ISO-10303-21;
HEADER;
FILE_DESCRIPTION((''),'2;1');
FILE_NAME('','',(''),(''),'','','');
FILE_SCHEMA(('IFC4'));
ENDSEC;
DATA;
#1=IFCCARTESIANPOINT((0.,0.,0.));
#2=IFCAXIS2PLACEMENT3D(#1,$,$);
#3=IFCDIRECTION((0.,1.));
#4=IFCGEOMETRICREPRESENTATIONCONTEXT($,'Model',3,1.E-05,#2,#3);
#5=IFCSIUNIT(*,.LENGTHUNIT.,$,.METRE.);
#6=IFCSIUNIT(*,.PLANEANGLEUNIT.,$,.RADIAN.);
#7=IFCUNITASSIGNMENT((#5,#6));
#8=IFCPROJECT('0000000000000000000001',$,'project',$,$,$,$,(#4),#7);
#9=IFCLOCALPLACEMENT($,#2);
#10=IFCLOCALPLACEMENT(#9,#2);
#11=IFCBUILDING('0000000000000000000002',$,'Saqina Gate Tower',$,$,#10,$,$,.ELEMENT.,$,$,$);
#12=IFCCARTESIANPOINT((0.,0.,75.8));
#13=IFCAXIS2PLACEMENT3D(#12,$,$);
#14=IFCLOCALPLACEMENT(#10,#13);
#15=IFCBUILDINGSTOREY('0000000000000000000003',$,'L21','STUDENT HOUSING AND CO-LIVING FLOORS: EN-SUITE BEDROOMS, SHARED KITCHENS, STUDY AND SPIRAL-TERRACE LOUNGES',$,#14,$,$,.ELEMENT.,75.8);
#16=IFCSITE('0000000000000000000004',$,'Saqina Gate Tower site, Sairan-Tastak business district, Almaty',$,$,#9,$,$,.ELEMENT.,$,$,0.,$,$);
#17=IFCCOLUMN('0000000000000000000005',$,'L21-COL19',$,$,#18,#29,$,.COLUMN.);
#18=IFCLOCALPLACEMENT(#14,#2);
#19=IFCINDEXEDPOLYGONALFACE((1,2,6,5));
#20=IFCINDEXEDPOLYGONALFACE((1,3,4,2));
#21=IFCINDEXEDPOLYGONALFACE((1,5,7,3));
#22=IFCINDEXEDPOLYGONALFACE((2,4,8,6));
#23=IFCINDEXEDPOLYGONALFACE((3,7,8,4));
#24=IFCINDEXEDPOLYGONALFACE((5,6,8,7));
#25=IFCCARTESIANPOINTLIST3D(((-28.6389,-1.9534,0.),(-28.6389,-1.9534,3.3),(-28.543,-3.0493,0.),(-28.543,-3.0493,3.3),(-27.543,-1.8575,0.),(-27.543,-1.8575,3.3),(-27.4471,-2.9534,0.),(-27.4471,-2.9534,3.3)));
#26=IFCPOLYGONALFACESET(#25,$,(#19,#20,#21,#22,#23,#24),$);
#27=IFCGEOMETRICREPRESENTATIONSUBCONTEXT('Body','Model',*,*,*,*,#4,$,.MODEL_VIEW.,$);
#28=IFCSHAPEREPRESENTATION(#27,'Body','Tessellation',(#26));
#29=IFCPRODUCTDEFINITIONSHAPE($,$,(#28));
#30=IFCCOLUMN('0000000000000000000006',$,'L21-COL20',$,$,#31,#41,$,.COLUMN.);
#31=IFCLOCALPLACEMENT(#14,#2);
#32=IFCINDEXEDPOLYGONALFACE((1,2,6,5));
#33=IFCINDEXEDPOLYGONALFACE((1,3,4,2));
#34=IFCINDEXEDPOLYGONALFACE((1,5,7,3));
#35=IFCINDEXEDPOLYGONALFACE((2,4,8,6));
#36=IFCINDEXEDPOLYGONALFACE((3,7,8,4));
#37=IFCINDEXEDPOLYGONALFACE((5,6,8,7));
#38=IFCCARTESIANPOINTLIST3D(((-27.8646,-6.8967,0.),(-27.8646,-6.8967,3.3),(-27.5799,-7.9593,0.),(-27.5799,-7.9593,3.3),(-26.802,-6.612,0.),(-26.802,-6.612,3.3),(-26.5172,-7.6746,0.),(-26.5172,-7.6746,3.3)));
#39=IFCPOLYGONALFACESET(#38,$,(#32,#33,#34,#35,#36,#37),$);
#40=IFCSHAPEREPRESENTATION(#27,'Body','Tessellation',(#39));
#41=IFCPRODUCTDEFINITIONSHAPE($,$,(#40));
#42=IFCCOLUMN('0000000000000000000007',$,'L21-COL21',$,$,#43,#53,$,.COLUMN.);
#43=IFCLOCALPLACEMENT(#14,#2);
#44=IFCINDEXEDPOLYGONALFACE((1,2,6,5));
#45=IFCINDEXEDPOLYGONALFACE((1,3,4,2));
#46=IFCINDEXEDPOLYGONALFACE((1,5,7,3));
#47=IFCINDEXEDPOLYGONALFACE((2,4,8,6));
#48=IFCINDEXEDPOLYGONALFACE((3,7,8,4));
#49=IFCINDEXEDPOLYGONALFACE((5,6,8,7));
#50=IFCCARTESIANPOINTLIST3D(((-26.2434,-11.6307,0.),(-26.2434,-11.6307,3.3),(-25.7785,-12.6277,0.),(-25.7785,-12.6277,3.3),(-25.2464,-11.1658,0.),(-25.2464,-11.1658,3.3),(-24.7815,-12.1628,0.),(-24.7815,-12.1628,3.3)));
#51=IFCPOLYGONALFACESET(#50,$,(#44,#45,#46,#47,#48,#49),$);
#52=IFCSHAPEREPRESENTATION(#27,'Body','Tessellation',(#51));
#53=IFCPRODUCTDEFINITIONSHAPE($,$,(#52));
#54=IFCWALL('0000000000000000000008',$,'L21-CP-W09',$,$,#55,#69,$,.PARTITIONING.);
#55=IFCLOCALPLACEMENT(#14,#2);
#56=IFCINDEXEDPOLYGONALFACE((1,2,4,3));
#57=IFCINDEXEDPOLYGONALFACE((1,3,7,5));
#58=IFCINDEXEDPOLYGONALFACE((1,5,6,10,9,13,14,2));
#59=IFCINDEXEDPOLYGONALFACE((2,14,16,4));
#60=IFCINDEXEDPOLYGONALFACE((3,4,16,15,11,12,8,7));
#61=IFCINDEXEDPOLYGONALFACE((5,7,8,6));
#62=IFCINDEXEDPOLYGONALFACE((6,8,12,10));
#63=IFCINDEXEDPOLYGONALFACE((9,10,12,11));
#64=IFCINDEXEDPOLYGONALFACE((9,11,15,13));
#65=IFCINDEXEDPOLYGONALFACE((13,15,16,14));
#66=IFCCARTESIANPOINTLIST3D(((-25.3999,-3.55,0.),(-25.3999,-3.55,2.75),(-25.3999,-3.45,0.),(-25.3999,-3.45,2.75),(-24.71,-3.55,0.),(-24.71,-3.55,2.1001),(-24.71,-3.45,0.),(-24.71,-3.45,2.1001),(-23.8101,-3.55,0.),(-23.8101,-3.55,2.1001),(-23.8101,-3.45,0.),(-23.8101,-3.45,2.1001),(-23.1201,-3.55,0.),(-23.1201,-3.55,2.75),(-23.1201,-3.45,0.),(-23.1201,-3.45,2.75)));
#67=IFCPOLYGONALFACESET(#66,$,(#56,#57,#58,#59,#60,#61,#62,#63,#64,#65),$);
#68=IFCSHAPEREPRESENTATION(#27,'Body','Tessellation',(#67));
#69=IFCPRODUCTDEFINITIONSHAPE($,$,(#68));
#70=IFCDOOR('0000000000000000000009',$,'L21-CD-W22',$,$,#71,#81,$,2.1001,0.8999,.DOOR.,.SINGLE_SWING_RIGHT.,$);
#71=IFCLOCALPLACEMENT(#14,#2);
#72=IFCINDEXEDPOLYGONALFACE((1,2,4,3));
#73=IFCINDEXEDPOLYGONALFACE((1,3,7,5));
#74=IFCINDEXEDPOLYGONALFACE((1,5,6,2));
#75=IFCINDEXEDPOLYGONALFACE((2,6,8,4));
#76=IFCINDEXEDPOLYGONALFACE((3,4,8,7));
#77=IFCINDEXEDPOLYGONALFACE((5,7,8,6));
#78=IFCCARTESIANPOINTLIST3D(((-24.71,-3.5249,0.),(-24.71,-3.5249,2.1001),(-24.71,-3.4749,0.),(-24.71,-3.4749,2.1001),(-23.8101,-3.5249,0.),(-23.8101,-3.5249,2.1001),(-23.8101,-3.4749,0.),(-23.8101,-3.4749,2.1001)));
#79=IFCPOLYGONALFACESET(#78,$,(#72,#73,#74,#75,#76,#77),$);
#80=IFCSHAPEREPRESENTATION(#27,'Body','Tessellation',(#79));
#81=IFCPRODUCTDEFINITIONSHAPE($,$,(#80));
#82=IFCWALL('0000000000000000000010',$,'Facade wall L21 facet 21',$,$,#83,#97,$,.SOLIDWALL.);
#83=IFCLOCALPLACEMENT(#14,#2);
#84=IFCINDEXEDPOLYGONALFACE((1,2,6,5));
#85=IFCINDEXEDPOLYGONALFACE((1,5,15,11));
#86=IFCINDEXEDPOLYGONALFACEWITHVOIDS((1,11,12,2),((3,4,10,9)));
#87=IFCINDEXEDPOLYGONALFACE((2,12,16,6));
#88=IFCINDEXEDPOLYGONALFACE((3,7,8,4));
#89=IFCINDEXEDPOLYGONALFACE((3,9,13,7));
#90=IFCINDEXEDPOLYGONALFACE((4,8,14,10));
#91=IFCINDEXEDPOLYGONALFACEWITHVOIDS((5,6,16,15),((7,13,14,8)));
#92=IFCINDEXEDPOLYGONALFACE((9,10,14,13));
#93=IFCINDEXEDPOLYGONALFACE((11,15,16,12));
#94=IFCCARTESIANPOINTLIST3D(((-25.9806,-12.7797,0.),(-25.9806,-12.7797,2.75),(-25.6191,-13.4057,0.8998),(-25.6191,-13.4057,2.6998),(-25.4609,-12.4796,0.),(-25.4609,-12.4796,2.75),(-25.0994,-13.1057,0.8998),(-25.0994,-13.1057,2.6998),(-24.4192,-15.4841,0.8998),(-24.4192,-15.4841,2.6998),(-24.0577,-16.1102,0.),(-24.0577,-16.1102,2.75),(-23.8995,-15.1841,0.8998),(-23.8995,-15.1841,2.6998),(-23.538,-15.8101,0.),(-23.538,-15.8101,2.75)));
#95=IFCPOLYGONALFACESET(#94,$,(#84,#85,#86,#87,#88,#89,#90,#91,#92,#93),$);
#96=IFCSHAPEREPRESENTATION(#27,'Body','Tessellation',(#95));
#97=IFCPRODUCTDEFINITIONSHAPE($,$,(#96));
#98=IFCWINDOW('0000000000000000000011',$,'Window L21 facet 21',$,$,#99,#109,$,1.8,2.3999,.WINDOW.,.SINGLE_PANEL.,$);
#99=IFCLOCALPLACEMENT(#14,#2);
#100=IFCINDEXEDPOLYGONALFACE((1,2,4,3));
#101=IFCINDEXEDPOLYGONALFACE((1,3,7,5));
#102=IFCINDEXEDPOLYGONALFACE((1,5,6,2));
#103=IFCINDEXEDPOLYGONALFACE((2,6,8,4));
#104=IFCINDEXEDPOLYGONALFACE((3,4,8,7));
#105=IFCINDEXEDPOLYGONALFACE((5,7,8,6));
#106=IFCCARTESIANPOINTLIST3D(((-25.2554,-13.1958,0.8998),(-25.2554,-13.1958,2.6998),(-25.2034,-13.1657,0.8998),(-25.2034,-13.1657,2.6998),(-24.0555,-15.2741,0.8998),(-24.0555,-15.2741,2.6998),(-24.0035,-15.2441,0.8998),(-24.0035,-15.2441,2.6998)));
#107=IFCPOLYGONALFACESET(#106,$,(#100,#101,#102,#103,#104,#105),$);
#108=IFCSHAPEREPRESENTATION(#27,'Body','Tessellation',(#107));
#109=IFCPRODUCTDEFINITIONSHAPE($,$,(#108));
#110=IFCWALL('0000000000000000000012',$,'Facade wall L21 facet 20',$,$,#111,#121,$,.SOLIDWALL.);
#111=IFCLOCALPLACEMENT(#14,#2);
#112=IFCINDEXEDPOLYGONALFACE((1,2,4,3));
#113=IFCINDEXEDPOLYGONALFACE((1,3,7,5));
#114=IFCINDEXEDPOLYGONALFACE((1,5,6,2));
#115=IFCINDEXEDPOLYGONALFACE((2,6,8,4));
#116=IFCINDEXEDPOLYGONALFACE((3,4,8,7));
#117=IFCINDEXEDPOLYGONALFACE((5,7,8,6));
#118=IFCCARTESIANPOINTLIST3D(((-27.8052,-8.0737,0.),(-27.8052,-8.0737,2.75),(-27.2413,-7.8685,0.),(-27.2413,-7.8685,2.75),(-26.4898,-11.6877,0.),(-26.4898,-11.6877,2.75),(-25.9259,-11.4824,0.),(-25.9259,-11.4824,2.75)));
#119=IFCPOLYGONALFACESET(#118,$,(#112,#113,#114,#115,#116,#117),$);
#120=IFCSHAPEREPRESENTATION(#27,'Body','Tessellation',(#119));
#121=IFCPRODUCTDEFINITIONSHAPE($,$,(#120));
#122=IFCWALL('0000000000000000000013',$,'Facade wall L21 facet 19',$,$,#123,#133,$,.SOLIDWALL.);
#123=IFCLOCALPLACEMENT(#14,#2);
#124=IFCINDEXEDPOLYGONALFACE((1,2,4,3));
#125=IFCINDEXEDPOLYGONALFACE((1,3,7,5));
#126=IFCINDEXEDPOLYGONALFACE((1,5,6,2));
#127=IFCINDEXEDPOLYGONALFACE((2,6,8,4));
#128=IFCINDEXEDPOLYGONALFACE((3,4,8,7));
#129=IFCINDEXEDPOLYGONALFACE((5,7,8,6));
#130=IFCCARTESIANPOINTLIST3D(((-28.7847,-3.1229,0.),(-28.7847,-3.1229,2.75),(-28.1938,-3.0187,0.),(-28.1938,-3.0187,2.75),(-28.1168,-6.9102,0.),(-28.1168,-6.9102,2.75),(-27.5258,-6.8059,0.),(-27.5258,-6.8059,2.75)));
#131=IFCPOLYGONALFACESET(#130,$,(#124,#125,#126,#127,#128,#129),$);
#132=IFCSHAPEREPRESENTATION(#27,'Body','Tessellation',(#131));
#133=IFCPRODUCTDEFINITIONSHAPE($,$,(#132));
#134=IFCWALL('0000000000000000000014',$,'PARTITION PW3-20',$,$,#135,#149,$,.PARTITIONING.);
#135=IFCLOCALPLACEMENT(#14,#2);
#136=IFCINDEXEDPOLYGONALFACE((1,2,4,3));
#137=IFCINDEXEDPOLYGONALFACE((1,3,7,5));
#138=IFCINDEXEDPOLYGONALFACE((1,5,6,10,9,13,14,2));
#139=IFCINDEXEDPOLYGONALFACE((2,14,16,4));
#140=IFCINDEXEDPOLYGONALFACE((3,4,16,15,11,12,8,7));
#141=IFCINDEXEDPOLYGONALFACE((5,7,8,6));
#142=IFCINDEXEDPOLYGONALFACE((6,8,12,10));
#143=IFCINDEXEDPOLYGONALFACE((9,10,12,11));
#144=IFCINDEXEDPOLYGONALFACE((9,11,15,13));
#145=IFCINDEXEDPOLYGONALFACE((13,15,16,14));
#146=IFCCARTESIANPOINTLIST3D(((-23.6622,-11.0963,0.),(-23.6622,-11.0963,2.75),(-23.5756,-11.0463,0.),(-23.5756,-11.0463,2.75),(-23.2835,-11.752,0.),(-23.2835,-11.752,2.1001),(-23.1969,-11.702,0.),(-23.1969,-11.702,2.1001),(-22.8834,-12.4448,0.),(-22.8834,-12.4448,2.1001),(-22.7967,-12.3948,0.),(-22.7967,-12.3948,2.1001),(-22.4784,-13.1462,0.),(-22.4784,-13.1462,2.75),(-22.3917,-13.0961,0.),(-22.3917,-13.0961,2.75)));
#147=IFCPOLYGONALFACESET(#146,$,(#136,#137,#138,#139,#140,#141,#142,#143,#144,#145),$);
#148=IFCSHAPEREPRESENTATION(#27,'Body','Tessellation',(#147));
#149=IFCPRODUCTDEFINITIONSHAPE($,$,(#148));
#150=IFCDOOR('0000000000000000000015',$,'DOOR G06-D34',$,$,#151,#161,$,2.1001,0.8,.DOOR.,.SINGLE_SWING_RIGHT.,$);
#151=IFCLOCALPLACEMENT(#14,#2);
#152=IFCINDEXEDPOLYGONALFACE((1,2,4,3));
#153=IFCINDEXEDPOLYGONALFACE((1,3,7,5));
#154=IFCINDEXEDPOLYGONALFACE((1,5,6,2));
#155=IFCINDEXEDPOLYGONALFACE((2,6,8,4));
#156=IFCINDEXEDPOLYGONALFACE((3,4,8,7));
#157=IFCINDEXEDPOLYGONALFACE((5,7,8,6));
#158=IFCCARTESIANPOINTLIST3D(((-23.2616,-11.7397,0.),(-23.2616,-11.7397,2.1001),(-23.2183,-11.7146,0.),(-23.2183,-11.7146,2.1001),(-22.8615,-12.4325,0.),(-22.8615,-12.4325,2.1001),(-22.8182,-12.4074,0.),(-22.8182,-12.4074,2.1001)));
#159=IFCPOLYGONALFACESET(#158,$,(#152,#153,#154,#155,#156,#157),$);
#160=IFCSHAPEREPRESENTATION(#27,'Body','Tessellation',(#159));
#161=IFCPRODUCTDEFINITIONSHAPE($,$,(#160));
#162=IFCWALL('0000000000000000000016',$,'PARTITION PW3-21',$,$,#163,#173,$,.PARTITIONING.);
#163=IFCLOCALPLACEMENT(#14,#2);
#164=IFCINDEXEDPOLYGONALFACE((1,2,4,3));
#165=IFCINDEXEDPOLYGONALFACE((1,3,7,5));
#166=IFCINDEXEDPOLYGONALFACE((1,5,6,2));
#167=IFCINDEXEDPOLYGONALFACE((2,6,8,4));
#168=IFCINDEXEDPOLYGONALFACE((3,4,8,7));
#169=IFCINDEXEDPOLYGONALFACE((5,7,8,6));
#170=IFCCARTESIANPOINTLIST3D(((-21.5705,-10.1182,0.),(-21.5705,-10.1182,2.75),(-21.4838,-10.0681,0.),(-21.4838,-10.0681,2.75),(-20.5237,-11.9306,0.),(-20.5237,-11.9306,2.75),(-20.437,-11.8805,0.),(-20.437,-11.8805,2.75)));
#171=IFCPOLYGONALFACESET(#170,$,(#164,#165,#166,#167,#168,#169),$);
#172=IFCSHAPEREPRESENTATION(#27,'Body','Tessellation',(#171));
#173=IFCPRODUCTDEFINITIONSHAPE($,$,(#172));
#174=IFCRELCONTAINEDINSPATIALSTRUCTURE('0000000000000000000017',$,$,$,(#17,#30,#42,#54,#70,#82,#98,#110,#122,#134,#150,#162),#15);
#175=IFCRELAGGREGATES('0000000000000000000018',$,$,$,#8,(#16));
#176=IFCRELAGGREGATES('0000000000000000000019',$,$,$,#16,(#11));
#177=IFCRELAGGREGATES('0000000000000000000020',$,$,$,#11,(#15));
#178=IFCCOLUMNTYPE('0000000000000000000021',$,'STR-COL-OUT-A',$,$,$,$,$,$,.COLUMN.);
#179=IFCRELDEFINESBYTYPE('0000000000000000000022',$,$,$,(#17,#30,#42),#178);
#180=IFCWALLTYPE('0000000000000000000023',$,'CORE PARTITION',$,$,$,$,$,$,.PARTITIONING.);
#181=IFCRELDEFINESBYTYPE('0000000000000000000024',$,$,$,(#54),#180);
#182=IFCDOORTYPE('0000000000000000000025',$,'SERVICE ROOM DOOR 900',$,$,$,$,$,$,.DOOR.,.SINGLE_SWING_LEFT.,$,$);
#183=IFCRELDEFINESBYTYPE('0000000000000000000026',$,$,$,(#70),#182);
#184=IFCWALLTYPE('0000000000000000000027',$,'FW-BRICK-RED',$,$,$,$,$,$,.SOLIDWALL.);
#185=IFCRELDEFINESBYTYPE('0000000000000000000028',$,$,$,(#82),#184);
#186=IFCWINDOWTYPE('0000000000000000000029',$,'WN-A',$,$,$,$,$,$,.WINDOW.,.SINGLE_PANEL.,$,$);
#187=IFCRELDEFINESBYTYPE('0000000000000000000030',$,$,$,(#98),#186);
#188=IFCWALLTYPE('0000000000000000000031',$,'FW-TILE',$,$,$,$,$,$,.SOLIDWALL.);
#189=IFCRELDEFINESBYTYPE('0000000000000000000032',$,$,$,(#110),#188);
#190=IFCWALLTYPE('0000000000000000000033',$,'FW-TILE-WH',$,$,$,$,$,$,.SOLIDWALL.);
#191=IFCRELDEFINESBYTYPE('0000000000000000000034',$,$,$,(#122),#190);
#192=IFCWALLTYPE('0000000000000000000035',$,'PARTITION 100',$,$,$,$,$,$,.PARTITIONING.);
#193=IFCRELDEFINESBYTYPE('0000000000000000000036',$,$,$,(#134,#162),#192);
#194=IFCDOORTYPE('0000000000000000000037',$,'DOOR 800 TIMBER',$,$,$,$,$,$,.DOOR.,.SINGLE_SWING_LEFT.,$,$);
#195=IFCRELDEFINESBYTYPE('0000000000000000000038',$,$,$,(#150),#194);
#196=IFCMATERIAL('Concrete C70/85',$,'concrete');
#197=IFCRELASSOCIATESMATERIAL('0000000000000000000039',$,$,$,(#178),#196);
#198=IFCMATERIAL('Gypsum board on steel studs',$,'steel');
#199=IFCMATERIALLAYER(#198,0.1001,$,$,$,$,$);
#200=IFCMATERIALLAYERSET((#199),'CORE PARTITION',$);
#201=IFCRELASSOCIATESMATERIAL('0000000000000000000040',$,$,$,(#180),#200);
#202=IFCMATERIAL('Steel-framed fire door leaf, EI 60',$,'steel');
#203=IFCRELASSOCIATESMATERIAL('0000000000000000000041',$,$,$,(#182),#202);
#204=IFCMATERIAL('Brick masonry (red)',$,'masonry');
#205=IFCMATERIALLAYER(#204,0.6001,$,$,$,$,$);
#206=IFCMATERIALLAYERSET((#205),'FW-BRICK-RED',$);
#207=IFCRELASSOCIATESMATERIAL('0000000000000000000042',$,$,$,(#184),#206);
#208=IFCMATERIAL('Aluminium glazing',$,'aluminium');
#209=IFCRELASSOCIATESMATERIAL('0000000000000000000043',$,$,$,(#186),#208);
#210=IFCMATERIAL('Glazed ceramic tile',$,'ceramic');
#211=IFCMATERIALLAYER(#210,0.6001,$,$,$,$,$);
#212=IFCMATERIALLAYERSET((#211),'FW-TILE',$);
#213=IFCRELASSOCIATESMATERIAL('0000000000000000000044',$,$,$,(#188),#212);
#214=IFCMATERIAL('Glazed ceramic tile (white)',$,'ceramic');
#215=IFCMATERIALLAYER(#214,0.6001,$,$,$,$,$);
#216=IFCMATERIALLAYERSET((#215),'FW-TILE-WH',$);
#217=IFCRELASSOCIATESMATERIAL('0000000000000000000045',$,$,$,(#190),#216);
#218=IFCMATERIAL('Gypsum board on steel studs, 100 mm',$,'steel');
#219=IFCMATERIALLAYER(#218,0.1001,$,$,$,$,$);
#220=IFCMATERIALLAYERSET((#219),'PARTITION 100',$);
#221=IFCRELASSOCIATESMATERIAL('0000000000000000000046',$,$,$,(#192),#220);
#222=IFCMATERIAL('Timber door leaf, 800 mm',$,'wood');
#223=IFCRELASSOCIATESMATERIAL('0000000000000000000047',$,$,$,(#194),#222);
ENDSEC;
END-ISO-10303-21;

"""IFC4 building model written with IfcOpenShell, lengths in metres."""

from ifc_helpers import new_model, si_unit, direction, frame, frame_2d, origin, origin_2d, place, context, subcontext, project, spatial, rectangle, extrude, material, layer, layer_set, material_profile, profile_set, type_object, element, fill, save


model = new_model("IFC4")

# Units and contexts
model_context = context("Model", 3, precision=1e-05, world=origin(), true_north=direction((0.0, 1.0)))
body_context = subcontext(model_context, "Body", "Model", "MODEL_VIEW")
ifc_project = project(units=[si_unit("LENGTHUNIT", "METRE"), si_unit("PLANEANGLEUNIT", "RADIAN")], contexts=[model_context])

# Site, building, storey
site_placement = place(None, origin())
site = spatial("IfcSite", under=ifc_project, at=site_placement, Name="Saqina Gate Tower site, Sairan-Tastak business district, Almaty", CompositionType="ELEMENT", RefElevation=0.0)
building_placement = place(site_placement, origin())
building = spatial("IfcBuilding", under=site, at=building_placement, Name="Saqina Gate Tower", CompositionType="ELEMENT")
storey_placement = place(building_placement, frame((0.0, 0.0, 75.8)))
storey = spatial("IfcBuildingStorey", under=building, at=storey_placement, Name="L21", Description="STUDENT HOUSING AND CO-LIVING FLOORS: EN-SUITE BEDROOMS, SHARED KITCHENS, STUDY AND SPIRAL-TERRACE LOUNGES", CompositionType="ELEMENT", Elevation=75.8)

# Columns
ifc_material_1 = material(Name="Concrete C70/85", Category="concrete")
ifc_material_profile = material_profile(ifc_material_1, rectangle(XDim=1.1001, YDim=1.1001, at=origin_2d()), Name="RC 1100x1100")
ifc_profile_set = profile_set([ifc_material_profile], Name="Concrete C70/85")
column_type = type_object("IfcColumnType", Name="STR-COL-OUT-A", PredefinedType="COLUMN", material=ifc_profile_set)
for number, where, z_axis, x_axis, name in (
    (1, (-28.043, -2.4534, 0.0), (0.0, 0.0, 1.0), (-0.996195, -0.087156, 0.0), "L21-COL19"),
    (2, (-27.1909, -7.2856, 0.0), (0.0, 0.0, 1.0), (-0.965926, -0.258819, 0.0), "L21-COL20"),
    (3, (-25.5125, -11.8967, 0.0), (0.0, 0.0, 1.0), (-0.906308, -0.422618, 0.0), "L21-COL21"),
):
    element("IfcColumn", number, at=place(storey_placement, frame(where, z_axis=z_axis, x_axis=x_axis)), inside=storey, type_object=column_type, Name=name, PredefinedType="COLUMN", context=body_context, shape_type="SweptSolid", body=[
        extrude(rectangle(XDim=1.1001, YDim=1.1001, at=origin_2d()), origin(), (0.0, 0.0, 1.0), 3.3),
    ])

# Wall, opening, door
ifc_material_2 = material(Name="Gypsum board on steel studs", Category="steel")
ifc_layer_1 = layer(ifc_material_2, 0.1001)
ifc_layer_set_1 = layer_set([ifc_layer_1], Name="CORE PARTITION")
wall_type_1 = type_object("IfcWallType", Name="CORE PARTITION", PredefinedType="PARTITIONING", material=ifc_layer_set_1)
wall_1_placement = place(storey_placement, frame((-23.1201, -3.5, 0.0), z_axis=(0.0, 0.0, 1.0), x_axis=(-1.0, 0.0, 0.0)))
wall_1 = element("IfcWall", 4, at=wall_1_placement, inside=storey, type_object=wall_type_1, Name="L21-CP-W09", PredefinedType="PARTITIONING", context=body_context, shape_type="SweptSolid", body=[
    extrude(rectangle(XDim=2.2798, YDim=0.1001, at=frame_2d((1.1399, 0.0))), origin(), (0.0, 0.0, 1.0), 2.75),
])
opening_1_placement = place(wall_1_placement, frame((0.6899, 0.0, 0.0)))
opening_1 = element("IfcOpeningElement", 5, at=opening_1_placement, cuts=wall_1, PredefinedType="OPENING", context=body_context, shape_type="SweptSolid", body=[
    extrude(rectangle(XDim=0.8999, YDim=2.1001, at=frame_2d((0.45, 1.05))), frame((0.0, 0.062, 0.0), z_axis=(0.0, -1.0, 0.0), x_axis=(1.0, 0.0, 0.0)), (0.0, 0.0, 1.0), 0.124),
])
ifc_material_3 = material(Name="Steel-framed fire door leaf, EI 60", Category="steel")
door_type_1 = type_object("IfcDoorType", Name="SERVICE ROOM DOOR 900", OperationType="SINGLE_SWING_LEFT", PredefinedType="DOOR", material=ifc_material_3)
door_1_placement = place(opening_1_placement, origin())
door_1 = element("IfcDoor", 6, at=door_1_placement, inside=storey, type_object=door_type_1, Name="L21-CD-W22", OperationType="SINGLE_SWING_RIGHT", OverallHeight=2.1001, OverallWidth=0.8999, PredefinedType="DOOR", context=body_context, shape_type="SweptSolid", body=[
    extrude(rectangle(XDim=0.8999, YDim=2.1001, at=frame_2d((0.45, 1.05))), frame((0.0, 0.0249, 0.0), z_axis=(0.0, -1.0, 0.0), x_axis=(1.0, 0.0, 0.0)), (0.0, 0.0, 1.0), 0.05),
])
fill(opening_1, door_1)

# Wall, opening, window
ifc_material_4 = material(Name="Brick masonry (red)", Category="masonry")
ifc_layer_2 = layer(ifc_material_4, 0.6001)
ifc_layer_set_2 = layer_set([ifc_layer_2], Name="FW-BRICK-RED")
wall_type_2 = type_object("IfcWallType", Name="FW-BRICK-RED", PredefinedType="SOLIDWALL", material=ifc_layer_set_2)
wall_2_placement = place(storey_placement, frame((-25.7207, -12.6296, 0.0), z_axis=(0.0, 0.0, 1.0), x_axis=(0.49999, -0.866031, 0.0)))
wall_2 = element("IfcWall", 7, at=wall_2_placement, inside=storey, type_object=wall_type_2, Name="Facade wall L21 facet 21", PredefinedType="SOLIDWALL", context=body_context, shape_type="SweptSolid", body=[
    extrude(rectangle(XDim=3.8457, YDim=0.6001, at=frame_2d((1.9229, 0.0))), origin(), (0.0, 0.0, 1.0), 2.75),
])
opening_2_placement = place(wall_2_placement, frame((0.7229, 0.0, 0.8999)))
opening_2 = element("IfcOpeningElement", 8, at=opening_2_placement, cuts=wall_2, PredefinedType="OPENING", context=body_context, shape_type="SweptSolid", body=[
    extrude(rectangle(XDim=2.3999, YDim=1.8, at=frame_2d((1.2, 0.8999))), frame((0.0, 0.312, 0.0), z_axis=(0.0, -1.0, 0.0), x_axis=(1.0, 0.0, 0.0)), (0.0, 0.0, 1.0), 0.624),
])
ifc_material_5 = material(Name="Aluminium glazing", Category="aluminium")
window_type = type_object("IfcWindowType", Name="WN-A", PartitioningType="SINGLE_PANEL", PredefinedType="WINDOW", material=ifc_material_5)
window_placement = place(opening_2_placement, origin())
window = element("IfcWindow", 9, at=window_placement, inside=storey, type_object=window_type, Name="Window L21 facet 21", OverallHeight=1.8, OverallWidth=2.3999, PartitioningType="SINGLE_PANEL", PredefinedType="WINDOW", context=body_context, shape_type="SweptSolid", body=[
    extrude(rectangle(XDim=2.3999, YDim=1.8, at=frame_2d((1.2, 0.8999))), frame((0.0, 0.1799, 0.0), z_axis=(0.0, -1.0, 0.0), x_axis=(1.0, 0.0, 0.0)), (0.0, 0.0, 1.0), 0.0601),
])
fill(opening_2, window)

# Walls
ifc_material_6 = material(Name="Glazed ceramic tile", Category="ceramic")
ifc_layer_3 = layer(ifc_material_6, 0.6001)
ifc_layer_set_3 = layer_set([ifc_layer_3], Name="FW-TILE")
wall_type_3 = type_object("IfcWallType", Name="FW-TILE", PredefinedType="SOLIDWALL", material=ifc_layer_set_3)
wall_3_placement = place(storey_placement, frame((-27.5232, -7.9712, 0.0), z_axis=(0.0, 0.0, 1.0), x_axis=(0.342028, -0.93969, 0.0)))
element("IfcWall", 10, at=wall_3_placement, inside=storey, type_object=wall_type_3, Name="Facade wall L21 facet 20", PredefinedType="SOLIDWALL", context=body_context, shape_type="SweptSolid", body=[
    extrude(rectangle(XDim=3.8459, YDim=0.6001, at=frame_2d((1.9229, 0.0))), origin(), (0.0, 0.0, 1.0), 2.75),
])
ifc_material_7 = material(Name="Glazed ceramic tile (white)", Category="ceramic")
ifc_layer_4 = layer(ifc_material_7, 0.6001)
ifc_layer_set_4 = layer_set([ifc_layer_4], Name="FW-TILE-WH")
wall_type_4 = type_object("IfcWallType", Name="FW-TILE-WH", PredefinedType="SOLIDWALL", material=ifc_layer_set_4)
wall_4_placement = place(storey_placement, frame((-28.4893, -3.0708, 0.0), z_axis=(0.0, 0.0, 1.0), x_axis=(0.173688, -0.984801, 0.0)))
element("IfcWall", 11, at=wall_4_placement, inside=storey, type_object=wall_type_4, Name="Facade wall L21 facet 19", PredefinedType="SOLIDWALL", context=body_context, shape_type="SweptSolid", body=[
    extrude(rectangle(XDim=3.8457, YDim=0.6001, at=frame_2d((1.9229, 0.0))), origin(), (0.0, 0.0, 1.0), 2.75),
])

# Wall, opening, door
ifc_material_8 = material(Name="Gypsum board on steel studs, 100 mm", Category="steel")
ifc_layer_5 = layer(ifc_material_8, 0.1001)
ifc_layer_set_5 = layer_set([ifc_layer_5], Name="PARTITION 100")
wall_type_5 = type_object("IfcWallType", Name="PARTITION 100", PredefinedType="PARTITIONING", material=ifc_layer_set_5)
wall_5_placement = place(storey_placement, frame((-23.6189, -11.0713, 0.0), z_axis=(0.0, 0.0, 1.0), x_axis=(0.500121, -0.865955, 0.0)))
wall_5 = element("IfcWall", 12, at=wall_5_placement, inside=storey, type_object=wall_type_5, Name="PARTITION PW3-20", PredefinedType="PARTITIONING", context=body_context, shape_type="SweptSolid", body=[
    extrude(rectangle(XDim=2.3672, YDim=0.1001, at=frame_2d((1.1836, 0.0))), origin(), (0.0, 0.0, 1.0), 2.75),
])
opening_3_placement = place(wall_5_placement, frame((0.7573, 0.0, 0.0)))
opening_3 = element("IfcOpeningElement", 13, at=opening_3_placement, cuts=wall_5, PredefinedType="OPENING", context=body_context, shape_type="SweptSolid", body=[
    extrude(rectangle(XDim=0.8, YDim=2.1001, at=frame_2d((0.3999, 1.05))), frame((0.0, 0.062, 0.0), z_axis=(0.0, -1.0, 0.0), x_axis=(1.0, 0.0, 0.0)), (0.0, 0.0, 1.0), 0.124),
])
ifc_material_9 = material(Name="Timber door leaf, 800 mm", Category="wood")
door_type_2 = type_object("IfcDoorType", Name="DOOR 800 TIMBER", OperationType="SINGLE_SWING_LEFT", PredefinedType="DOOR", material=ifc_material_9)
door_2_placement = place(opening_3_placement, frame((0.8, 0.0, 0.0), z_axis=(0.0, 0.0, 1.0), x_axis=(-1.0, 0.0, 0.0)))
door_2 = element("IfcDoor", 14, at=door_2_placement, inside=storey, type_object=door_type_2, Name="DOOR G06-D34", OperationType="SINGLE_SWING_RIGHT", OverallHeight=2.1001, OverallWidth=0.8, PredefinedType="DOOR", context=body_context, shape_type="SweptSolid", body=[
    extrude(rectangle(XDim=0.8, YDim=2.1001, at=frame_2d((0.3999, 1.05))), frame((0.0, 0.0249, 0.0), z_axis=(0.0, -1.0, 0.0), x_axis=(1.0, 0.0, 0.0)), (0.0, 0.0, 1.0), 0.05),
])
fill(opening_3, door_2)

# Wall
wall_6_placement = place(storey_placement, frame((-21.5271, -10.0933, 0.0), z_axis=(0.0, 0.0, 1.0), x_axis=(0.500153, -0.865937, 0.0)))
element("IfcWall", 15, at=wall_6_placement, inside=storey, type_object=wall_type_5, Name="PARTITION PW3-21", PredefinedType="PARTITIONING", context=body_context, shape_type="SweptSolid", body=[
    extrude(rectangle(XDim=2.093, YDim=0.1001, at=frame_2d((1.0464, 0.0))), origin(), (0.0, 0.0, 1.0), 2.75),
])

save(model, "model.ifc")
